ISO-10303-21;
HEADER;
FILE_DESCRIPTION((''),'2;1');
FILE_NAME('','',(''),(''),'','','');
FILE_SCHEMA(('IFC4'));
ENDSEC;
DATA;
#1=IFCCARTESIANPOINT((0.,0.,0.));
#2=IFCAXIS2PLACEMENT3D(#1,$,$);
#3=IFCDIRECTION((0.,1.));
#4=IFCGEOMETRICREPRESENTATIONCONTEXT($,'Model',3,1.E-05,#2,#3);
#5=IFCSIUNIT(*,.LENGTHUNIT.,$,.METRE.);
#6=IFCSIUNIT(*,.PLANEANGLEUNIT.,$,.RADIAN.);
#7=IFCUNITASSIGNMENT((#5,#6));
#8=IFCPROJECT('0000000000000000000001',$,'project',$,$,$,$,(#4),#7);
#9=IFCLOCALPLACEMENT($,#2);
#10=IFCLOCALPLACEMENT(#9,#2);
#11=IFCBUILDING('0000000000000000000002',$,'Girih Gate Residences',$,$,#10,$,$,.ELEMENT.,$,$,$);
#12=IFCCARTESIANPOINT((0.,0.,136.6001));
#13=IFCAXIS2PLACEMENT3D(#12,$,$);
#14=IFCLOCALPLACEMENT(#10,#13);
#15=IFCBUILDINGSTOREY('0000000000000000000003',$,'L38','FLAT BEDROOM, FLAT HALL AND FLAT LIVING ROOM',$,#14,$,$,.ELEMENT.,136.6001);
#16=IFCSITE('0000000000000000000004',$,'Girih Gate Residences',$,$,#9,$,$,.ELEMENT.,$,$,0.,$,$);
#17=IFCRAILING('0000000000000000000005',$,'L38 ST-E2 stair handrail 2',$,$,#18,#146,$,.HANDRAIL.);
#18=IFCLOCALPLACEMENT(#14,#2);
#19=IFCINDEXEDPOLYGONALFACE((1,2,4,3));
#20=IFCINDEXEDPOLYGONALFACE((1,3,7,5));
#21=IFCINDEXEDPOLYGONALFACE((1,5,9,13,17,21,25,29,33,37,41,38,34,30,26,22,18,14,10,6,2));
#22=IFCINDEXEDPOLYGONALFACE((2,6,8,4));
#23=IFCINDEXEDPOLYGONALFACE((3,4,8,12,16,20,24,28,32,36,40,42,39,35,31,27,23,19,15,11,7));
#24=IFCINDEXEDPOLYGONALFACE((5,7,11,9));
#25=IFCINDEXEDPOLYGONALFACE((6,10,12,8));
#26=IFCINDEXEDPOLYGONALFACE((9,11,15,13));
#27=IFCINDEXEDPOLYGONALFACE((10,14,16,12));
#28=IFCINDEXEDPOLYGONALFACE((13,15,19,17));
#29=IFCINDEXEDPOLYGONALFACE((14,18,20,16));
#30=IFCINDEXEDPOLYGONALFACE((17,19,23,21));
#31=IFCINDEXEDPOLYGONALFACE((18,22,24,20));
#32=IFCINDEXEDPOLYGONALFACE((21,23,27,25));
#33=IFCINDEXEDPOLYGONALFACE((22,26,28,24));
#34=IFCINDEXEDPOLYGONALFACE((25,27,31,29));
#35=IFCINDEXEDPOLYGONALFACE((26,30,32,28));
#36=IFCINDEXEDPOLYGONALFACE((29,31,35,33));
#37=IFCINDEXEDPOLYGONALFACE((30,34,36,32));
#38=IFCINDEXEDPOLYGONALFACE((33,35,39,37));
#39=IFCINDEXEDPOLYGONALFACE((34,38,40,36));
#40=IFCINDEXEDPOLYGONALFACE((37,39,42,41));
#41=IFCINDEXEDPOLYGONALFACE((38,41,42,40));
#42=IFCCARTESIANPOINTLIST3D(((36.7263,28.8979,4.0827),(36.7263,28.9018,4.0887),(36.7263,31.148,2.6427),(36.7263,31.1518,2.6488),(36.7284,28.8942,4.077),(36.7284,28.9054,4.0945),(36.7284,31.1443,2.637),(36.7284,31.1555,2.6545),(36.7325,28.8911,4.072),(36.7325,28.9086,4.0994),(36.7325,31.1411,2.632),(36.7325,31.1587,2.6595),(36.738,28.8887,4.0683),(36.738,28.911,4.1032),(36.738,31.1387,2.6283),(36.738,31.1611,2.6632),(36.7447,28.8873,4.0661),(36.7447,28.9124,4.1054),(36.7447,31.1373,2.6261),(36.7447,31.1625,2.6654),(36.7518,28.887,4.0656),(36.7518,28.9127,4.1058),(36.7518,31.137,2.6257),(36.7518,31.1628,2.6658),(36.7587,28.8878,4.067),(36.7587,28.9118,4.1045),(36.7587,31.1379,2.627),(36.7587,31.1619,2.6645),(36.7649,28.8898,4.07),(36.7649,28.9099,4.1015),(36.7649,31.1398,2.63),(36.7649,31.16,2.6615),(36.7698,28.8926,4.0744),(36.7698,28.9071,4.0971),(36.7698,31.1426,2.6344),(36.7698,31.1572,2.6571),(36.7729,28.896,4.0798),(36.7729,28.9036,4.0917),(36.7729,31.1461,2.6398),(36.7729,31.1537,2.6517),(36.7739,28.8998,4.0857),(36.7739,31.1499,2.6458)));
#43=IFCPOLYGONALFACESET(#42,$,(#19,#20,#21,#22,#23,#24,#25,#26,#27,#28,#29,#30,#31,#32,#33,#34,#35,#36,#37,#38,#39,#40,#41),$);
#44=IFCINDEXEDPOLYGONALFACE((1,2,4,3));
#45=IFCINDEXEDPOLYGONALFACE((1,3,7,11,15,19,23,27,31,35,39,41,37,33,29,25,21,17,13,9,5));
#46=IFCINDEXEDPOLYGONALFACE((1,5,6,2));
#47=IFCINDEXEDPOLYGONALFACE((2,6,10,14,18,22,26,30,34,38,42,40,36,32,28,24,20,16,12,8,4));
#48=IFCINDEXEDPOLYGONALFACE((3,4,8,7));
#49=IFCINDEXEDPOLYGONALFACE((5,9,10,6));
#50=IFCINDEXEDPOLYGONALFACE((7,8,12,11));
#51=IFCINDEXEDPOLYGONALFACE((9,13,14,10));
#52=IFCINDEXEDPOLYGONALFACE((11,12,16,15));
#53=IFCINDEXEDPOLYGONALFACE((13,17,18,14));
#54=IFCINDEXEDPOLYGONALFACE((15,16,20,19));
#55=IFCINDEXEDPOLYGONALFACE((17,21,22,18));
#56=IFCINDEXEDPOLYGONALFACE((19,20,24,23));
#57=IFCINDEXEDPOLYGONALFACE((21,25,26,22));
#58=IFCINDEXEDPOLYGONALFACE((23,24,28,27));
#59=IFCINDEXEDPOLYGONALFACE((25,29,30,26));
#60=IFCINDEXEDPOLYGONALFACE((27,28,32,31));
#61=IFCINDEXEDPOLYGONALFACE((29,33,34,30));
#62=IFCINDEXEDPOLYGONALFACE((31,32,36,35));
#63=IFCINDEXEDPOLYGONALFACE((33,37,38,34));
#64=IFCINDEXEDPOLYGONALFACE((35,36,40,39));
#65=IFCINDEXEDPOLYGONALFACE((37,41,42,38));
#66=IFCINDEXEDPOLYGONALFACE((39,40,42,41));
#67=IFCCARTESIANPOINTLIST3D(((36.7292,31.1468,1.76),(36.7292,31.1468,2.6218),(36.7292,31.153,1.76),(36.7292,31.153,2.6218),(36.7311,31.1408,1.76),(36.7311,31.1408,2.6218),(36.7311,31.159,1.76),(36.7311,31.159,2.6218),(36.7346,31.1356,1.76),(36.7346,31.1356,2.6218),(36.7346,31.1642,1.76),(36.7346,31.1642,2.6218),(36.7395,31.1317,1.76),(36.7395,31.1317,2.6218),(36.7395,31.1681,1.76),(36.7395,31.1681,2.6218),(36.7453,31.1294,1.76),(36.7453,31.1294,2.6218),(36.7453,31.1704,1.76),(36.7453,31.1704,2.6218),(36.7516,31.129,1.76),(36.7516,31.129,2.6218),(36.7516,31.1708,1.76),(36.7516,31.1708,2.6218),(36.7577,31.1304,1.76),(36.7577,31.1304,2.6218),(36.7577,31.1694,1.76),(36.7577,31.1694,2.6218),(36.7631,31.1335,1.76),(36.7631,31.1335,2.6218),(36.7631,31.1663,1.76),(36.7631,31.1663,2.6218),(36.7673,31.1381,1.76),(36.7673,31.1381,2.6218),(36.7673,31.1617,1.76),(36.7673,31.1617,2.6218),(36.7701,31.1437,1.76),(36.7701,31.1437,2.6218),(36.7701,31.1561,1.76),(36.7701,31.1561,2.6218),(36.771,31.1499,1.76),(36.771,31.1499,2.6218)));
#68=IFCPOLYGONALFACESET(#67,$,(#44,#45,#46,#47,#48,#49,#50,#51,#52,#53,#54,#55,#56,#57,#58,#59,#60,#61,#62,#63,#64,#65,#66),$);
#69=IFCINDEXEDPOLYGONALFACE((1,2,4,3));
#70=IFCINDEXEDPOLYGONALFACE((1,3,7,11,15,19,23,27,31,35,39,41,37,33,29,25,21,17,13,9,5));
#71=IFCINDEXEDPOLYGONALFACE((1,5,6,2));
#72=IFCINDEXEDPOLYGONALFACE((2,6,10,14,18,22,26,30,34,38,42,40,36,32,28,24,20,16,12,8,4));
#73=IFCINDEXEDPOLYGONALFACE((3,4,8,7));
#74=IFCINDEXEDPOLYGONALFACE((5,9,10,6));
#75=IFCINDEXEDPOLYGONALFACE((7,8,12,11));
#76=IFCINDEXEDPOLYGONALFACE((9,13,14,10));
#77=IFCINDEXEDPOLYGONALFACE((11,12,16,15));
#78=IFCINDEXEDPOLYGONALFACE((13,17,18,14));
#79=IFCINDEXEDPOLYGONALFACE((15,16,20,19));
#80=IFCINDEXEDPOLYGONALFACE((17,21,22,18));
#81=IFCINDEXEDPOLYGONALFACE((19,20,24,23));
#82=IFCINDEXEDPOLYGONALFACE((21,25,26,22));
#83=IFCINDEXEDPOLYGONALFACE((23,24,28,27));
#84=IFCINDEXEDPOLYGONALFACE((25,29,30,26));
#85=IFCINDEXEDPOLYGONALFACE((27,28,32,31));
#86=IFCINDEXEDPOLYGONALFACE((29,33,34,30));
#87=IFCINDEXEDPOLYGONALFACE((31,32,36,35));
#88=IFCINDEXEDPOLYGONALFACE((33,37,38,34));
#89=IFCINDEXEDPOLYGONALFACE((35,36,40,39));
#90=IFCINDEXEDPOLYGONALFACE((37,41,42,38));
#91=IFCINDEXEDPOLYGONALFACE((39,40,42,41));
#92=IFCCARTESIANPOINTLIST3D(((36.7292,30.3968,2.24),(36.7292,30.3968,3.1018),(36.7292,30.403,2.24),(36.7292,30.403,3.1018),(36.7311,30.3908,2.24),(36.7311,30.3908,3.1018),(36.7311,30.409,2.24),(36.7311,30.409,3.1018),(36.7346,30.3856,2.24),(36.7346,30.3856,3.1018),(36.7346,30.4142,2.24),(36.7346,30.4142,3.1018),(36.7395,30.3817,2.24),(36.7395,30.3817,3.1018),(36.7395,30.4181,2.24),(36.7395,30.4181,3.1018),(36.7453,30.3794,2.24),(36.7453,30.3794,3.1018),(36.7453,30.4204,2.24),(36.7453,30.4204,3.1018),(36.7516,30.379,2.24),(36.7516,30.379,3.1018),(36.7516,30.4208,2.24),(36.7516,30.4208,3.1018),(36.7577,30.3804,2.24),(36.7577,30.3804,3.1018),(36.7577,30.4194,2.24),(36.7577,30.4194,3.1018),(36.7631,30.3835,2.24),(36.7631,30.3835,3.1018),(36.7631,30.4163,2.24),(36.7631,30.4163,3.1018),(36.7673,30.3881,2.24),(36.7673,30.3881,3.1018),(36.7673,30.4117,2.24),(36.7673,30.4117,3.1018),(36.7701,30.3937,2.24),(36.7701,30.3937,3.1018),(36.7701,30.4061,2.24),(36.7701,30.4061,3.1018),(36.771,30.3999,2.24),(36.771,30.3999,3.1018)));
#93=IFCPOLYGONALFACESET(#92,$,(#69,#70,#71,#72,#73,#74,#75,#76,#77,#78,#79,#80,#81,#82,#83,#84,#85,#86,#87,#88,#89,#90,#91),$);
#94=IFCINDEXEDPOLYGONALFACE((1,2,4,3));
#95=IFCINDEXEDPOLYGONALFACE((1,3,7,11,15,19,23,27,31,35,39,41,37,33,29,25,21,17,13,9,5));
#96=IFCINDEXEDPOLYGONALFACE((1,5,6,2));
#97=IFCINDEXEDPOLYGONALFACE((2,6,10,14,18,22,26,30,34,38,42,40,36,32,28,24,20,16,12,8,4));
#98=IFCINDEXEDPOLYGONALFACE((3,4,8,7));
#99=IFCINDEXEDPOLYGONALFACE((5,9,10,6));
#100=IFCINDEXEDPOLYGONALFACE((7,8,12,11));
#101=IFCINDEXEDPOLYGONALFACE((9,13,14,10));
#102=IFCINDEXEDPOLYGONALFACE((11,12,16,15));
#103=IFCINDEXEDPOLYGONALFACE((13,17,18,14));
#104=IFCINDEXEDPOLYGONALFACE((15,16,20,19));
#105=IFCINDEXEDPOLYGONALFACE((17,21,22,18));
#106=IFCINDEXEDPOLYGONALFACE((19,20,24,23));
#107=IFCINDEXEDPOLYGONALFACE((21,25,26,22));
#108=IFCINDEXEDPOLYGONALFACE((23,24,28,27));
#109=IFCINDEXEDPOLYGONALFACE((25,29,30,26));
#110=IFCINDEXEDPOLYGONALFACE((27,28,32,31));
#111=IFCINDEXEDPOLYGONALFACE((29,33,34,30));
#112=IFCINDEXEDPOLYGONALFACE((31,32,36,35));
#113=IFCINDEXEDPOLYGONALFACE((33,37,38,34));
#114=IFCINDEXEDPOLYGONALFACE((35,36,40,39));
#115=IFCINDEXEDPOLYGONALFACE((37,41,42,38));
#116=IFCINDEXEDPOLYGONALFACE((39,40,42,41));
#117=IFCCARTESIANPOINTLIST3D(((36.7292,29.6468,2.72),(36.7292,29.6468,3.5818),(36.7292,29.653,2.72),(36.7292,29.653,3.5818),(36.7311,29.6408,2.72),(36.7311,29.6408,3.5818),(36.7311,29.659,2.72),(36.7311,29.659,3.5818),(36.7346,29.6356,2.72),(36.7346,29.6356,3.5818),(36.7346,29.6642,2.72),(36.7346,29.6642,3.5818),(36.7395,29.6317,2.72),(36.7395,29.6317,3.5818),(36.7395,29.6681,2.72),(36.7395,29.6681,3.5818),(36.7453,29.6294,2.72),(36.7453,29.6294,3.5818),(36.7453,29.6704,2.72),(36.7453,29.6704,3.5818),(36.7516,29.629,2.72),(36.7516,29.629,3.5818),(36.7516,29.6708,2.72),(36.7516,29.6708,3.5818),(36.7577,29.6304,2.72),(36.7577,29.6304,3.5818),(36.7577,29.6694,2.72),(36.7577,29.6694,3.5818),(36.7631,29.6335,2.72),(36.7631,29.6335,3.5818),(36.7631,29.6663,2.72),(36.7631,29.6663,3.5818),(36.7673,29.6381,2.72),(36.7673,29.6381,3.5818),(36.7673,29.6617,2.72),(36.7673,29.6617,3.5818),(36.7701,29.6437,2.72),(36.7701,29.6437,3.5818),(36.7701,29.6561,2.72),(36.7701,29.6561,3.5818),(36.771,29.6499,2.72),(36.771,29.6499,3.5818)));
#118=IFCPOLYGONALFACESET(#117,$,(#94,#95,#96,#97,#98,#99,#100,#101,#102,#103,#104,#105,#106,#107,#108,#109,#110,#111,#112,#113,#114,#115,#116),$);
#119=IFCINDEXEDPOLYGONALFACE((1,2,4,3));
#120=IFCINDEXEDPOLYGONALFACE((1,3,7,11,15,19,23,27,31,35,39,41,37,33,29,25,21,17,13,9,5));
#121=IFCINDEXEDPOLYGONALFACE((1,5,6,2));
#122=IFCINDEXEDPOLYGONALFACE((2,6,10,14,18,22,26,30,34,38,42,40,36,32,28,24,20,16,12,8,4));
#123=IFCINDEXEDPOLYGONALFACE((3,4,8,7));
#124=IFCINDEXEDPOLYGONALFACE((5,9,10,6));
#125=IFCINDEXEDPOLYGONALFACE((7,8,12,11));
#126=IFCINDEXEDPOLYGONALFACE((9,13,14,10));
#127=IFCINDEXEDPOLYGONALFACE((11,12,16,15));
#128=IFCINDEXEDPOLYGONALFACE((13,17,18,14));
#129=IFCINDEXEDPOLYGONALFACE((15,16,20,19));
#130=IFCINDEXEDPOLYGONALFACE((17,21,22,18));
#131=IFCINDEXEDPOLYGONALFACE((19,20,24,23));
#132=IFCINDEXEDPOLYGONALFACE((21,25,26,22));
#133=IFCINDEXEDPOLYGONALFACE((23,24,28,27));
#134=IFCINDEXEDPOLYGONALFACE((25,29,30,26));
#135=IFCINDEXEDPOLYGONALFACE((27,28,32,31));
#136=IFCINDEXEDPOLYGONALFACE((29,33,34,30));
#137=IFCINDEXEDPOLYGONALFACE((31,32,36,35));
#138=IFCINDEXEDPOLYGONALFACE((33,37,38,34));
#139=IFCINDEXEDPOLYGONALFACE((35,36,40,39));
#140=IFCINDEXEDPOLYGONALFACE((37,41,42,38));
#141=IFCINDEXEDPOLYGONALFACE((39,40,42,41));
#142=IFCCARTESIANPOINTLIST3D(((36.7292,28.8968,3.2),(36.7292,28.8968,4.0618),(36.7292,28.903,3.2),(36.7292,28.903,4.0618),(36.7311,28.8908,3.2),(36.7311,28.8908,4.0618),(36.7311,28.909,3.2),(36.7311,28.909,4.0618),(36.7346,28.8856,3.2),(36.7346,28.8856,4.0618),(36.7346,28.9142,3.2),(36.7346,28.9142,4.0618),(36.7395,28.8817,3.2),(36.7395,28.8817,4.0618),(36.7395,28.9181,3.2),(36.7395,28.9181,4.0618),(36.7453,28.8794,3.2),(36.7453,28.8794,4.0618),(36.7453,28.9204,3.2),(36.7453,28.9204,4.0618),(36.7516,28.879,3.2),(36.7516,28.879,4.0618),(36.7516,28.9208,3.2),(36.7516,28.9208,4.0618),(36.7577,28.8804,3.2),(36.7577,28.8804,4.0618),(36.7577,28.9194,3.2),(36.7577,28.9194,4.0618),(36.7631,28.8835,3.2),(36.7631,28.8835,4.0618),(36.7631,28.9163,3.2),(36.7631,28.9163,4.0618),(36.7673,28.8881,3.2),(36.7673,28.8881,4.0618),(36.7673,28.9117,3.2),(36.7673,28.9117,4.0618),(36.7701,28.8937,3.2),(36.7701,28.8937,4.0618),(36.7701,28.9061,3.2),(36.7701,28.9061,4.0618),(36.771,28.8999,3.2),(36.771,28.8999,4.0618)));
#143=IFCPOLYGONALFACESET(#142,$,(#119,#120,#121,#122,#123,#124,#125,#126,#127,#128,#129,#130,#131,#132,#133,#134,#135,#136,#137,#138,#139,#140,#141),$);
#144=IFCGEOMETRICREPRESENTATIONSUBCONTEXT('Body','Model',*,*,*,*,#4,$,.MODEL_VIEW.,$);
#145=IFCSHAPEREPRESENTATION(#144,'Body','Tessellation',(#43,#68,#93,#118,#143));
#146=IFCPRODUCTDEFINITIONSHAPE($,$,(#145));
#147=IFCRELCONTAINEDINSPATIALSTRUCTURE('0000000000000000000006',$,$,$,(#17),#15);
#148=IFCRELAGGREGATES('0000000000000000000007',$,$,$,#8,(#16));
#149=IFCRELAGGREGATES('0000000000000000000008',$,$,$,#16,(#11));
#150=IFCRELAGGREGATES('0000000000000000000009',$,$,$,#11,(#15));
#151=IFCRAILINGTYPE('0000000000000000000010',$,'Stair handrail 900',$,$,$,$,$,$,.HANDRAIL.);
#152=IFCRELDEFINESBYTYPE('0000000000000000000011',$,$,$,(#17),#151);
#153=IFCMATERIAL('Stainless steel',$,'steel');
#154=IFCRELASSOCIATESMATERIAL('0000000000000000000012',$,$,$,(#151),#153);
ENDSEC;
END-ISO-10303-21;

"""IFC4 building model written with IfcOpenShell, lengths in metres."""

from ifc_helpers import new_model, si_unit, direction, frame, origin, origin_2d, place, context, subcontext, project, spatial, circle, extrude, material, type_object, element, save


model = new_model("IFC4")

# Units and contexts
model_context = context("Model", 3, precision=1e-05, world=origin(), true_north=direction((0.0, 1.0)))
body_context = subcontext(model_context, "Body", "Model", "MODEL_VIEW")
ifc_project = project(units=[si_unit("LENGTHUNIT", "METRE"), si_unit("PLANEANGLEUNIT", "RADIAN")], contexts=[model_context])

# Site, building, storey
site_placement = place(None, origin())
site = spatial("IfcSite", under=ifc_project, at=site_placement, Name="Girih Gate Residences", CompositionType="ELEMENT", RefElevation=0.0)
building_placement = place(site_placement, origin())
building = spatial("IfcBuilding", under=site, at=building_placement, Name="Girih Gate Residences", CompositionType="ELEMENT")
storey_placement = place(building_placement, frame((0.0, 0.0, 136.6001)))
storey = spatial("IfcBuildingStorey", under=building, at=storey_placement, Name="L38", Description="FLAT BEDROOM, FLAT HALL AND FLAT LIVING ROOM", CompositionType="ELEMENT", Elevation=136.6001)

# Shared definitions
ifc_material_1 = material(Name="Stainless steel", Category="steel")

# Railing
railing_type_1 = type_object("IfcRailingType", Name="Stair handrail 900", PredefinedType="HANDRAIL", material=ifc_material_1)
railing_1_placement = place(storey_placement, frame((36.75, 31.1499, 1.76)))
element("IfcRailing", 1, at=railing_1_placement, inside=storey, type_object=railing_type_1, Name="L38 ST-E2 stair handrail 2", PredefinedType="HANDRAIL", context=body_context, shape_type="SweptSolid", body=[
    extrude(circle(Radius=0.0239, at=origin_2d()), frame((0.0, 0.0, 0.8857), z_axis=(0.0, -0.842281, 0.539038), x_axis=(1.0, 0.0, 0.0)), (0.0, 0.0, 1.0), 2.6714),
    extrude(circle(Radius=0.021, at=origin_2d()), origin(), (0.0, 0.0, 1.0), 0.8618),
    extrude(circle(Radius=0.021, at=origin_2d()), frame((0.0, -0.75, 0.48)), (0.0, 0.0, 1.0), 0.8618),
    extrude(circle(Radius=0.021, at=origin_2d()), frame((0.0, -1.5, 0.96)), (0.0, 0.0, 1.0), 0.8618),
    extrude(circle(Radius=0.021, at=origin_2d()), frame((0.0, -2.25, 1.4399)), (0.0, 0.0, 1.0), 0.8618),
])

save(model, "model.ifc")
